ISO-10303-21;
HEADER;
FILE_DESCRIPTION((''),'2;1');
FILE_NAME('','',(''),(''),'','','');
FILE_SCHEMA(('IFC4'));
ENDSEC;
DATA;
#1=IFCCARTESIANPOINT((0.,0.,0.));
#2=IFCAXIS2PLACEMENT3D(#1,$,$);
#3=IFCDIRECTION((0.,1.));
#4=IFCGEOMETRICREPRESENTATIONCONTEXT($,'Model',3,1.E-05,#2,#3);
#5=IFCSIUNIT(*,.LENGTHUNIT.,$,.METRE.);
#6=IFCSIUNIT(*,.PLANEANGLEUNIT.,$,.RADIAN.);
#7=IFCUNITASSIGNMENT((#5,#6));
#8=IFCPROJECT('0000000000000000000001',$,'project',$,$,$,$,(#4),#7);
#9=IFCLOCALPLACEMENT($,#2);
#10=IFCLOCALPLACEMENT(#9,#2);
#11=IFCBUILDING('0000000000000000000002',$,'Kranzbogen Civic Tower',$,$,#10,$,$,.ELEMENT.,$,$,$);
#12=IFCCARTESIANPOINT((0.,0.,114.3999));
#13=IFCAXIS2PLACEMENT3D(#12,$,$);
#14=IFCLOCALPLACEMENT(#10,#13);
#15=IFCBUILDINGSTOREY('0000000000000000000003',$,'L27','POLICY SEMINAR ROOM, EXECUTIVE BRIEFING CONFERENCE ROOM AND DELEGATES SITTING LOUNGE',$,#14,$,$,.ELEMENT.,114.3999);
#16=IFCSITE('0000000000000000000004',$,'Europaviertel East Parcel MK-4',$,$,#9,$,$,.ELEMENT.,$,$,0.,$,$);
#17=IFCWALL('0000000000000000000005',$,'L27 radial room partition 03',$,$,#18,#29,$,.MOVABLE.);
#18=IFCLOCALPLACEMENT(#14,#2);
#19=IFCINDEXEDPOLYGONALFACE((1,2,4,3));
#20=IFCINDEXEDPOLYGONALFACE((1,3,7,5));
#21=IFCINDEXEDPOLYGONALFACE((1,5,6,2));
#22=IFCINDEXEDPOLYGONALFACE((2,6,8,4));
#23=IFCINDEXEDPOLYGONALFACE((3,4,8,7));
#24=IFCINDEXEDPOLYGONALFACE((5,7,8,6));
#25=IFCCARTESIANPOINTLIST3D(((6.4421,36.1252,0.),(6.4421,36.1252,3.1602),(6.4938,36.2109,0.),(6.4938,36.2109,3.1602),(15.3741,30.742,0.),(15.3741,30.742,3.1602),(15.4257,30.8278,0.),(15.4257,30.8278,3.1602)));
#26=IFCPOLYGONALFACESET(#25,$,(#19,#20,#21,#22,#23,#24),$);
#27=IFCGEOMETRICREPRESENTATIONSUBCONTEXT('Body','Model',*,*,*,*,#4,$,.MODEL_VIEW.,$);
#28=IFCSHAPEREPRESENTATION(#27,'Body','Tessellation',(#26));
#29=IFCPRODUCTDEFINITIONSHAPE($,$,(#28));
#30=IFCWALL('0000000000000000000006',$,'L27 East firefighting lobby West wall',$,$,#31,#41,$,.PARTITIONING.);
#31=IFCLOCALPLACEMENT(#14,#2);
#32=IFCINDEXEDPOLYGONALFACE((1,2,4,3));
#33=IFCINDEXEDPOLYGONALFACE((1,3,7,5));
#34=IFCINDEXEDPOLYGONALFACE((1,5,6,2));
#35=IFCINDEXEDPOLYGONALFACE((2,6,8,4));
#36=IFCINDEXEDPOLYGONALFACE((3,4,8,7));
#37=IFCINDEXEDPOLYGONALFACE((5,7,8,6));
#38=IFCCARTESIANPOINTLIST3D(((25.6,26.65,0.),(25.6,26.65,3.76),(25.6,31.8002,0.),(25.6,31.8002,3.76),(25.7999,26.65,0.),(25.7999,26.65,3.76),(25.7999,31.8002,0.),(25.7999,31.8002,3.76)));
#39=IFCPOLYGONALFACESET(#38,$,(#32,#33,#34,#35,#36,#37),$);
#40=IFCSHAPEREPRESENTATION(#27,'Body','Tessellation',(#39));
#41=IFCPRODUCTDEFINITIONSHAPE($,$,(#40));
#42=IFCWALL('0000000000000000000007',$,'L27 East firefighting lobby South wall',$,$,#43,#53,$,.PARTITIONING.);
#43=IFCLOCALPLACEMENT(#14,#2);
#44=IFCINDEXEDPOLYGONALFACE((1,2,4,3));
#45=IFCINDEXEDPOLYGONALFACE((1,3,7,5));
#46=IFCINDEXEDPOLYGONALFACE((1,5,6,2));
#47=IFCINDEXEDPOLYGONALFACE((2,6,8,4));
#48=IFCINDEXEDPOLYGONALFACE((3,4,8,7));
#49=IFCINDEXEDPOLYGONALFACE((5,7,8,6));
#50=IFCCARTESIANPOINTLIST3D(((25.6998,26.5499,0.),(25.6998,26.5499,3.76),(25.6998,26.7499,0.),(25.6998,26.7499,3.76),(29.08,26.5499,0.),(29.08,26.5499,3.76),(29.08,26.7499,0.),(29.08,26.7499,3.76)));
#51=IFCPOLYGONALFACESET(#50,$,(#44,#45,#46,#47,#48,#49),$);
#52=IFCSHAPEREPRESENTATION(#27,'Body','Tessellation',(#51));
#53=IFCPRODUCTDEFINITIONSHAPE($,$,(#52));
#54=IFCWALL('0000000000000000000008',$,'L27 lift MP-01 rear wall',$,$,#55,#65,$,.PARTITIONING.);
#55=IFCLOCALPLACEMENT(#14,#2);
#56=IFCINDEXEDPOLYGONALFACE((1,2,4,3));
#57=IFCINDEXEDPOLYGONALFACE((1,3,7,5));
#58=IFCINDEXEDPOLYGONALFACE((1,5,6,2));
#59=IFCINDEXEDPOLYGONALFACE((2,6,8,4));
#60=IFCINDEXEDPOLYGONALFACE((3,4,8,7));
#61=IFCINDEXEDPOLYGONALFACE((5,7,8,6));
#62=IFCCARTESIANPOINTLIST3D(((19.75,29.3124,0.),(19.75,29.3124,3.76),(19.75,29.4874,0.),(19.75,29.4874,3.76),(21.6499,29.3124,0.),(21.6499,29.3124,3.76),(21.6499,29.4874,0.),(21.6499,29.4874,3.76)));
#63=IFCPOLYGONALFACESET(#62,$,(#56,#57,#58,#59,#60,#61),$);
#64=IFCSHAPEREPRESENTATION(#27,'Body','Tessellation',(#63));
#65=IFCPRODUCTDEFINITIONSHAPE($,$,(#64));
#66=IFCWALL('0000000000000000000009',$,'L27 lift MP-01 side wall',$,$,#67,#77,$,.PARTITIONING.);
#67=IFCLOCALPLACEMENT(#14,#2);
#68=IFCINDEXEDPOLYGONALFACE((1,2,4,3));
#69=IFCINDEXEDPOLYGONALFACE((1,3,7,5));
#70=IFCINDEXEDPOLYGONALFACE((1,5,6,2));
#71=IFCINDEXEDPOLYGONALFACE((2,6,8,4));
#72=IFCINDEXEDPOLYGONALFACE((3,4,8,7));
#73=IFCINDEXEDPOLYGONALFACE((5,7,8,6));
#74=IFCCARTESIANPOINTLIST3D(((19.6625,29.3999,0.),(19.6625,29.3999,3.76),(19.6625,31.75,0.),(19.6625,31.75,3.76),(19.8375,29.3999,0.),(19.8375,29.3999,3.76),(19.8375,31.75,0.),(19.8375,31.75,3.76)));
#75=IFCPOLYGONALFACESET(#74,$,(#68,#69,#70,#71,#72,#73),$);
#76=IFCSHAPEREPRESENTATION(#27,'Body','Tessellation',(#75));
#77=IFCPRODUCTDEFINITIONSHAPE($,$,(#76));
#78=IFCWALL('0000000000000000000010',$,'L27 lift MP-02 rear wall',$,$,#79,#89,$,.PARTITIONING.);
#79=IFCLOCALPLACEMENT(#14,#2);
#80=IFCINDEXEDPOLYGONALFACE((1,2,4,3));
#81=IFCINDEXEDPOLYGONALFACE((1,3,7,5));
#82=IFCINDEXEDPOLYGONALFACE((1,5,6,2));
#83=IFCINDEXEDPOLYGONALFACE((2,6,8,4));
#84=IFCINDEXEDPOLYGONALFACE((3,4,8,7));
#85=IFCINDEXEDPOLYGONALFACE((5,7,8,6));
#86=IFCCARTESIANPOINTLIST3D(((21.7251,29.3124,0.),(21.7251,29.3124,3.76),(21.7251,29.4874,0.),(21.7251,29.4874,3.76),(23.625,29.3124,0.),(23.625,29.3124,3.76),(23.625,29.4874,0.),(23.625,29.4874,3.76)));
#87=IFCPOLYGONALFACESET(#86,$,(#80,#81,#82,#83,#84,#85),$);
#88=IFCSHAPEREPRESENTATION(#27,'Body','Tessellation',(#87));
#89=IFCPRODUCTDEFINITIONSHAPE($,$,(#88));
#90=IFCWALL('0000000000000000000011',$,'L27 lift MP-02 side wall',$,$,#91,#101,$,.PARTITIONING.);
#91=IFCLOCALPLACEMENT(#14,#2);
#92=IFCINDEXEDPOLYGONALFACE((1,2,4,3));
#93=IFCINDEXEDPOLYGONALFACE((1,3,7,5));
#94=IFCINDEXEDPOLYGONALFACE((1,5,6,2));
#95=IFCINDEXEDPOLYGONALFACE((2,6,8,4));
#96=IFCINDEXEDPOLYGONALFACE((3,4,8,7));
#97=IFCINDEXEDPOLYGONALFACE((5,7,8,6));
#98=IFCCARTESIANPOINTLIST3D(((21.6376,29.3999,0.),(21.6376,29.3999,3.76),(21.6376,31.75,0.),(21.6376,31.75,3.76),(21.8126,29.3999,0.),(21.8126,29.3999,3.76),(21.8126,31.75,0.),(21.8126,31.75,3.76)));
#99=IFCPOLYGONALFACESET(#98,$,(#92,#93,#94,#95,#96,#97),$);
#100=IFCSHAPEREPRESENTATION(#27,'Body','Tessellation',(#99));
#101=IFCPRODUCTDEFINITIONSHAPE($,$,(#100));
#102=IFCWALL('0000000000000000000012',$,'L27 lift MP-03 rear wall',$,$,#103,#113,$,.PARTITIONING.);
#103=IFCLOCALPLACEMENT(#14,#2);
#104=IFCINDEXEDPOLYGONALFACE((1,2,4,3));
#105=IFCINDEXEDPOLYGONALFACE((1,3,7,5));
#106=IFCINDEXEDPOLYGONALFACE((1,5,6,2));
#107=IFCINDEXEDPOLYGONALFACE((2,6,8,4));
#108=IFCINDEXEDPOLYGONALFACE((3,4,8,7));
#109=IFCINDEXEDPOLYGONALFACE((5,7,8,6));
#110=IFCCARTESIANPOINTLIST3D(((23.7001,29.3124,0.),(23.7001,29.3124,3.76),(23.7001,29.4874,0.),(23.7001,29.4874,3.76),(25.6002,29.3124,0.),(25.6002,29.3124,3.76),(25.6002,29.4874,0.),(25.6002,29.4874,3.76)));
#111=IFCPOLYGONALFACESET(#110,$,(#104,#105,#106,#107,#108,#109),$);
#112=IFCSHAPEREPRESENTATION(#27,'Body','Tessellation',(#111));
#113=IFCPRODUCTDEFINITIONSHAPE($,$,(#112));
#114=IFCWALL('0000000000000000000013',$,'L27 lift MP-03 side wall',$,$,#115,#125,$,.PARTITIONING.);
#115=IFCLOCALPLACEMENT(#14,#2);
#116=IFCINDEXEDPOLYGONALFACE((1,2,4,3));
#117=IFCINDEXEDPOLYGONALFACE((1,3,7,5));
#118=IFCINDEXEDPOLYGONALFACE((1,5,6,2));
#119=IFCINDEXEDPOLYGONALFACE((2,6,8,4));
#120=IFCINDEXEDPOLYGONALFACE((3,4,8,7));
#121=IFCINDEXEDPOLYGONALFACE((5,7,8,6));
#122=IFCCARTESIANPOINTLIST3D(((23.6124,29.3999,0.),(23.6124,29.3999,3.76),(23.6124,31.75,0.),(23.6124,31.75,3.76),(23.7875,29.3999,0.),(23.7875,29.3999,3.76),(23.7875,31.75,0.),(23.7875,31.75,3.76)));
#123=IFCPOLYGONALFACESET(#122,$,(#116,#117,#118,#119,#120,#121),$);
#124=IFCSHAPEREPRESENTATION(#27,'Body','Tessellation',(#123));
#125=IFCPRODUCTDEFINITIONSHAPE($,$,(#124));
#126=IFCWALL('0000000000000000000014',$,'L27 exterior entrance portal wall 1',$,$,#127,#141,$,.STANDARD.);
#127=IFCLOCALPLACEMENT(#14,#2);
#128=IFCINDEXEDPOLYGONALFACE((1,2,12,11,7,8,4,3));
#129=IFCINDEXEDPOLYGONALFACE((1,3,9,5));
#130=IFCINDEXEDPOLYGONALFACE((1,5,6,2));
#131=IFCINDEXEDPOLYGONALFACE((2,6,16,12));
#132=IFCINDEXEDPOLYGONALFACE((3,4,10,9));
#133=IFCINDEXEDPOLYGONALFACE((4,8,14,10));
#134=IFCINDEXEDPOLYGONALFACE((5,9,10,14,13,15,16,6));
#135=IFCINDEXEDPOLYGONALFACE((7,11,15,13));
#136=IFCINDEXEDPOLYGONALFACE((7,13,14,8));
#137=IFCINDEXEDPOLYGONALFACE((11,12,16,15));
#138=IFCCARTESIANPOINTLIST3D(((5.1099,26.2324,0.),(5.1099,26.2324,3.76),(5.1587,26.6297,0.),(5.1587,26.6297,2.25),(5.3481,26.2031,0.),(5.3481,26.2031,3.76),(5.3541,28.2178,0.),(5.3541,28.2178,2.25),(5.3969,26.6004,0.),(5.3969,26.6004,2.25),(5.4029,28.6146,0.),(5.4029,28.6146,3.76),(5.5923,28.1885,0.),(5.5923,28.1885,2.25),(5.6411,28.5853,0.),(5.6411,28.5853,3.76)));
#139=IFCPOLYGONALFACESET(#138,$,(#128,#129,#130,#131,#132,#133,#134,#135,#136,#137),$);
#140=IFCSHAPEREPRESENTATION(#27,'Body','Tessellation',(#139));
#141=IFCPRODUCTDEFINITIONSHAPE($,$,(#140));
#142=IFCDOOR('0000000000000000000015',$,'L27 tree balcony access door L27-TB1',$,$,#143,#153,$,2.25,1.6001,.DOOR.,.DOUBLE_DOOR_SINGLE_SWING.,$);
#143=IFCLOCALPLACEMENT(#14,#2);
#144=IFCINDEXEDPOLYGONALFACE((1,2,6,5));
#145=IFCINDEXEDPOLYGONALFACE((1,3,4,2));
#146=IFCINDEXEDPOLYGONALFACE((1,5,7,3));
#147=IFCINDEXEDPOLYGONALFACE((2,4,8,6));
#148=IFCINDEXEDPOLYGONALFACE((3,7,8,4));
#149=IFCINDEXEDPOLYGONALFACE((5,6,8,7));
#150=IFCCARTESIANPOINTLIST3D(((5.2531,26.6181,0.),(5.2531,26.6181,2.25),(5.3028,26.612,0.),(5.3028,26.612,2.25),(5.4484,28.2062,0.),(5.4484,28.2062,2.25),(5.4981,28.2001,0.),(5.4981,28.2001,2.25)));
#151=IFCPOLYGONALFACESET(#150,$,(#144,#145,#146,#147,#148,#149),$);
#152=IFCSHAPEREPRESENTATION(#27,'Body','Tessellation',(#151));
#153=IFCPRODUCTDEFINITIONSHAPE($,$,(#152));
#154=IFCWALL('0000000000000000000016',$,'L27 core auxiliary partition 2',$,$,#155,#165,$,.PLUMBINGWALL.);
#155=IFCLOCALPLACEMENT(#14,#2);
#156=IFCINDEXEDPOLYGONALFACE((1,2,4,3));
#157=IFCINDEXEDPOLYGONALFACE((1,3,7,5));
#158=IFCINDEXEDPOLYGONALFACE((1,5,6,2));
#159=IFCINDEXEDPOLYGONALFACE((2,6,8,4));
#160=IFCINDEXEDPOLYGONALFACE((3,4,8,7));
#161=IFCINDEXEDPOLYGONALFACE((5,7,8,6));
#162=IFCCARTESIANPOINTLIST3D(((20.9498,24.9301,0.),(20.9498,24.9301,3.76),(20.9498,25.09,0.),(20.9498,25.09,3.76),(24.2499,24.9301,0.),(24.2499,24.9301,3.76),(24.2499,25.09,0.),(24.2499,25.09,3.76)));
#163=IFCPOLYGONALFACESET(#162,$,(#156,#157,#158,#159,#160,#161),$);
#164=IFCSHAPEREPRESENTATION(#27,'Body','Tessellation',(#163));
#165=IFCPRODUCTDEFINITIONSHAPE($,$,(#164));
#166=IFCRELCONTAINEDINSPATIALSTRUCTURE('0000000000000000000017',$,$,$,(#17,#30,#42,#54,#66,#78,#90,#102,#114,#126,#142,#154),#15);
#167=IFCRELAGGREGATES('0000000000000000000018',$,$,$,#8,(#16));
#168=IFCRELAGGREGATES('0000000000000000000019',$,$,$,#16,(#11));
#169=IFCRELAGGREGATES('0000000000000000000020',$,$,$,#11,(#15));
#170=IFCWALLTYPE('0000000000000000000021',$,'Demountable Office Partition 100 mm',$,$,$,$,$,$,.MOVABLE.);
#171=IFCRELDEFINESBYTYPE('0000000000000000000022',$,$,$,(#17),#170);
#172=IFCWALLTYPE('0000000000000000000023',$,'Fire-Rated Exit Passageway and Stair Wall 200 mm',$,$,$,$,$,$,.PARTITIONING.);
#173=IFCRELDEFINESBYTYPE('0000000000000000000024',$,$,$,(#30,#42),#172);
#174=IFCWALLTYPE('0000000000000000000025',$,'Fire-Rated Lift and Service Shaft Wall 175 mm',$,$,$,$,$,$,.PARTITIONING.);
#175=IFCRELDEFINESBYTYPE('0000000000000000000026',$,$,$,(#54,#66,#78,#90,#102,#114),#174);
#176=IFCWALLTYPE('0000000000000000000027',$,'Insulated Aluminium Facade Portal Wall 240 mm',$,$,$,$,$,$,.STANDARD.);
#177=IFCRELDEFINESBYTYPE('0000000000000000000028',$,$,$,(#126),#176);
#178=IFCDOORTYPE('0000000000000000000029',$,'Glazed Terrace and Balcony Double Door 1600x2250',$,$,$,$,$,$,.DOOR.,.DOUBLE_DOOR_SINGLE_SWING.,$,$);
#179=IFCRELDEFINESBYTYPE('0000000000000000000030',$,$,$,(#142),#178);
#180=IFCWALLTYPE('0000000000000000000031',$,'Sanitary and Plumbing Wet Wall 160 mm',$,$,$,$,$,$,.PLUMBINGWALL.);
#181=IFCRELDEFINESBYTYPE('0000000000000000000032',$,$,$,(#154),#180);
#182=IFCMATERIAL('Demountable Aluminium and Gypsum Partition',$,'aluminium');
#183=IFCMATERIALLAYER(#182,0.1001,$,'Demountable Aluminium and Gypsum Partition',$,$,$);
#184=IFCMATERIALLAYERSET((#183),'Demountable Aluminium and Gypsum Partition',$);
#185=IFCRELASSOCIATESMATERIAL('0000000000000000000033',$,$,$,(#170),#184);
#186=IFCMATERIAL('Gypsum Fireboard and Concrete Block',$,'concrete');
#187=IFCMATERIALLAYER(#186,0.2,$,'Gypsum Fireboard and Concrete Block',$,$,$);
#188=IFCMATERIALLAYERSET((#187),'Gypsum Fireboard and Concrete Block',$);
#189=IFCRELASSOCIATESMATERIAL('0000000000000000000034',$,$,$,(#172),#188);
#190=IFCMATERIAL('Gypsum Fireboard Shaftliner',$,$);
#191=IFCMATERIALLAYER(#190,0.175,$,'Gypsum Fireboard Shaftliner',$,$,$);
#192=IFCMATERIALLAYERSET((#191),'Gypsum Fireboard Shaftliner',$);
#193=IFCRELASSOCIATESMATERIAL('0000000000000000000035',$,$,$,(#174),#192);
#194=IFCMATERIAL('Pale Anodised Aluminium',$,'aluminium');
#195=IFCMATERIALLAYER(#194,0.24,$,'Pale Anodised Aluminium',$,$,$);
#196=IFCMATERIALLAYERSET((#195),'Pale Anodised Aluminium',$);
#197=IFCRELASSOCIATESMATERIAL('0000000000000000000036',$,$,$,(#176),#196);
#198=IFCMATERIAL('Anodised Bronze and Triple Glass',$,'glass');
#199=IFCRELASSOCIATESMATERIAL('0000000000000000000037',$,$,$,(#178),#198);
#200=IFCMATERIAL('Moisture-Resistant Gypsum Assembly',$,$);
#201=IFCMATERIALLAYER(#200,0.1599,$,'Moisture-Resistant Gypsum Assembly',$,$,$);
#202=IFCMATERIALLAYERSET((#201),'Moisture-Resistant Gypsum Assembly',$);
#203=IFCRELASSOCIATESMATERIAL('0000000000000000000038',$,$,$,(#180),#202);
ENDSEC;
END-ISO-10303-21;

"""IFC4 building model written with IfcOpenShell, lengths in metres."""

from ifc_helpers import new_model, si_unit, direction, frame, frame_2d, origin, place, context, subcontext, project, spatial, rectangle, extrude, material, layer, layer_set, type_object, element, fill, save


model = new_model("IFC4")

# Units and contexts
model_context = context("Model", 3, precision=1e-05, world=origin(), true_north=direction((0.0, 1.0)))
body_context = subcontext(model_context, "Body", "Model", "MODEL_VIEW")
ifc_project = project(units=[si_unit("LENGTHUNIT", "METRE"), si_unit("PLANEANGLEUNIT", "RADIAN")], contexts=[model_context])

# Site, building, storey
site_placement = place(None, origin())
site = spatial("IfcSite", under=ifc_project, at=site_placement, Name="Europaviertel East Parcel MK-4", CompositionType="ELEMENT", RefElevation=0.0)
building_placement = place(site_placement, origin())
building = spatial("IfcBuilding", under=site, at=building_placement, Name="Kranzbogen Civic Tower", CompositionType="ELEMENT")
storey_placement = place(building_placement, frame((0.0, 0.0, 114.3999)))
storey = spatial("IfcBuildingStorey", under=building, at=storey_placement, Name="L27", Description="POLICY SEMINAR ROOM, EXECUTIVE BRIEFING CONFERENCE ROOM AND DELEGATES SITTING LOUNGE", CompositionType="ELEMENT", Elevation=114.3999)

# Shared definitions
ifc_material_1 = material(Name="Pale Anodised Aluminium", Category="aluminium")

# Walls
ifc_material_2 = material(Name="Demountable Aluminium and Gypsum Partition", Category="aluminium")
ifc_layer_1 = layer(ifc_material_2, 0.1001, Name="Demountable Aluminium and Gypsum Partition")
ifc_layer_set_1 = layer_set([ifc_layer_1], Name="Demountable Aluminium and Gypsum Partition")
wall_type_1 = type_object("IfcWallType", Name="Demountable Office Partition 100 mm", PredefinedType="MOVABLE", material=ifc_layer_set_1)
wall_1_placement = place(storey_placement, frame((15.3999, 30.7849, 0.0), z_axis=(0.0, 0.0, 1.0), x_axis=(-0.856479, 0.516182, 0.0)))
element("IfcWall", 1, at=wall_1_placement, inside=storey, type_object=wall_type_1, Name="L27 radial room partition 03", PredefinedType="MOVABLE", context=body_context, shape_type="SweptSolid", body=[
    extrude(rectangle(XDim=10.4287, YDim=0.1001, at=frame_2d((5.2144, 0.0))), origin(), (0.0, 0.0, 1.0), 3.1602),
])
ifc_material_3 = material(Name="Gypsum Fireboard and Concrete Block", Category="concrete")
ifc_layer_2 = layer(ifc_material_3, 0.2, Name="Gypsum Fireboard and Concrete Block")
ifc_layer_set_2 = layer_set([ifc_layer_2], Name="Gypsum Fireboard and Concrete Block")
wall_type_2 = type_object("IfcWallType", Name="Fire-Rated Exit Passageway and Stair Wall 200 mm", PredefinedType="PARTITIONING", material=ifc_layer_set_2)
wall_2_placement = place(storey_placement, frame((25.7, 26.6499, 0.0), z_axis=(0.0, 0.0, 1.0), x_axis=(0.0, 1.0, 0.0)))
element("IfcWall", 2, at=wall_2_placement, inside=storey, type_object=wall_type_2, Name="L27 East firefighting lobby West wall", PredefinedType="PARTITIONING", context=body_context, shape_type="SweptSolid", body=[
    extrude(rectangle(XDim=5.1501, YDim=0.2, at=frame_2d((2.5752, 0.0))), origin(), (0.0, 0.0, 1.0), 3.76),
])
wall_3_placement = place(storey_placement, frame((25.7, 26.6499, 0.0), z_axis=(0.0, 0.0, 1.0), x_axis=(1.0, 0.0, 0.0)))
element("IfcWall", 3, at=wall_3_placement, inside=storey, type_object=wall_type_2, Name="L27 East firefighting lobby South wall", PredefinedType="PARTITIONING", context=body_context, shape_type="SweptSolid", body=[
    extrude(rectangle(XDim=3.3801, YDim=0.2, at=frame_2d((1.6899, 0.0))), origin(), (0.0, 0.0, 1.0), 3.76),
])
ifc_material_4 = material(Name="Gypsum Fireboard Shaftliner")
ifc_layer_3 = layer(ifc_material_4, 0.175, Name="Gypsum Fireboard Shaftliner")
ifc_layer_set_3 = layer_set([ifc_layer_3], Name="Gypsum Fireboard Shaftliner")
wall_type_3 = type_object("IfcWallType", Name="Fire-Rated Lift and Service Shaft Wall 175 mm", PredefinedType="PARTITIONING", material=ifc_layer_set_3)
wall_4_placement = place(storey_placement, frame((19.75, 29.3999, 0.0), z_axis=(0.0, 0.0, 1.0), x_axis=(1.0, 0.0, 0.0)))
element("IfcWall", 4, at=wall_4_placement, inside=storey, type_object=wall_type_3, Name="L27 lift MP-01 rear wall", PredefinedType="PARTITIONING", context=body_context, shape_type="SweptSolid", body=[
    extrude(rectangle(XDim=1.8999, YDim=0.175, at=frame_2d((0.95, 0.0))), origin(), (0.0, 0.0, 1.0), 3.76),
])
wall_5_placement = place(storey_placement, frame((19.75, 29.3999, 0.0), z_axis=(0.0, 0.0, 1.0), x_axis=(0.0, 1.0, 0.0)))
element("IfcWall", 5, at=wall_5_placement, inside=storey, type_object=wall_type_3, Name="L27 lift MP-01 side wall", PredefinedType="PARTITIONING", context=body_context, shape_type="SweptSolid", body=[
    extrude(rectangle(XDim=2.3501, YDim=0.175, at=frame_2d((1.175, 0.0))), origin(), (0.0, 0.0, 1.0), 3.76),
])
wall_6_placement = place(storey_placement, frame((21.7251, 29.3999, 0.0), z_axis=(0.0, 0.0, 1.0), x_axis=(1.0, 0.0, 0.0)))
element("IfcWall", 6, at=wall_6_placement, inside=storey, type_object=wall_type_3, Name="L27 lift MP-02 rear wall", PredefinedType="PARTITIONING", context=body_context, shape_type="SweptSolid", body=[
    extrude(rectangle(XDim=1.8999, YDim=0.175, at=frame_2d((0.95, 0.0))), origin(), (0.0, 0.0, 1.0), 3.76),
])
wall_7_placement = place(storey_placement, frame((21.7251, 29.3999, 0.0), z_axis=(0.0, 0.0, 1.0), x_axis=(0.0, 1.0, 0.0)))
element("IfcWall", 7, at=wall_7_placement, inside=storey, type_object=wall_type_3, Name="L27 lift MP-02 side wall", PredefinedType="PARTITIONING", context=body_context, shape_type="SweptSolid", body=[
    extrude(rectangle(XDim=2.3501, YDim=0.175, at=frame_2d((1.175, 0.0))), origin(), (0.0, 0.0, 1.0), 3.76),
])
wall_8_placement = place(storey_placement, frame((23.7, 29.3999, 0.0), z_axis=(0.0, 0.0, 1.0), x_axis=(1.0, 0.0, 0.0)))
element("IfcWall", 8, at=wall_8_placement, inside=storey, type_object=wall_type_3, Name="L27 lift MP-03 rear wall", PredefinedType="PARTITIONING", context=body_context, shape_type="SweptSolid", body=[
    extrude(rectangle(XDim=1.9001, YDim=0.175, at=frame_2d((0.9502, 0.0))), origin(), (0.0, 0.0, 1.0), 3.76),
])
wall_9_placement = place(storey_placement, frame((23.7, 29.3999, 0.0), z_axis=(0.0, 0.0, 1.0), x_axis=(0.0, 1.0, 0.0)))
element("IfcWall", 9, at=wall_9_placement, inside=storey, type_object=wall_type_3, Name="L27 lift MP-03 side wall", PredefinedType="PARTITIONING", context=body_context, shape_type="SweptSolid", body=[
    extrude(rectangle(XDim=2.3501, YDim=0.175, at=frame_2d((1.175, 0.0))), origin(), (0.0, 0.0, 1.0), 3.76),
])

# Wall, opening, door
ifc_layer_4 = layer(ifc_material_1, 0.24, Name="Pale Anodised Aluminium")
ifc_layer_set_4 = layer_set([ifc_layer_4], Name="Pale Anodised Aluminium")
wall_type_4 = type_object("IfcWallType", Name="Insulated Aluminium Facade Portal Wall 240 mm", PredefinedType="STANDARD", material=ifc_layer_set_4)
wall_10_placement = place(storey_placement, frame((5.522, 28.6001, 0.0), z_axis=(0.0, 0.0, 1.0), x_axis=(-0.122069, -0.992522, 0.0)))
wall_10 = element("IfcWall", 10, at=wall_10_placement, inside=storey, type_object=wall_type_4, Name="L27 exterior entrance portal wall 1", PredefinedType="STANDARD", context=body_context, shape_type="SweptSolid", body=[
    extrude(rectangle(XDim=2.4001, YDim=0.24, at=frame_2d((1.2002, 0.0))), origin(), (0.0, 0.0, 1.0), 3.76),
])
opening_1_placement = place(wall_10_placement, frame((0.3999, 0.0, 0.0)))
opening_1 = element("IfcOpeningElement", 11, at=opening_1_placement, cuts=wall_10, PredefinedType="OPENING", context=body_context, shape_type="SweptSolid", body=[
    extrude(rectangle(XDim=1.6001, YDim=2.25, at=frame_2d((0.8, 1.125))), frame((0.0, 0.1299, 0.0), z_axis=(0.0, -1.0, 0.0), x_axis=(1.0, 0.0, 0.0)), (0.0, 0.0, 1.0), 0.26),
])
ifc_material_5 = material(Name="Anodised Bronze and Triple Glass", Category="glass")
door_type_1 = type_object("IfcDoorType", Name="Glazed Terrace and Balcony Double Door 1600x2250", OperationType="DOUBLE_DOOR_SINGLE_SWING", PredefinedType="DOOR", material=ifc_material_5)
door_1_placement = place(opening_1_placement, frame((1.6001, 0.0, 0.0), z_axis=(0.0, 0.0, 1.0), x_axis=(-1.0, 0.0, 0.0)))
door_1 = element("IfcDoor", 12, at=door_1_placement, inside=storey, type_object=door_type_1, Name="L27 tree balcony access door L27-TB1", OperationType="DOUBLE_DOOR_SINGLE_SWING", OverallHeight=2.25, OverallWidth=1.6001, PredefinedType="DOOR", context=body_context, shape_type="SweptSolid", body=[
    extrude(rectangle(XDim=1.6001, YDim=2.25, at=frame_2d((0.8, 1.125))), frame((0.0, 0.0249, 0.0), z_axis=(0.0, -1.0, 0.0), x_axis=(1.0, 0.0, 0.0)), (0.0, 0.0, 1.0), 0.05),
])
fill(opening_1, door_1)

# Wall
ifc_material_6 = material(Name="Moisture-Resistant Gypsum Assembly")
ifc_layer_5 = layer(ifc_material_6, 0.1599, Name="Moisture-Resistant Gypsum Assembly")
ifc_layer_set_5 = layer_set([ifc_layer_5], Name="Moisture-Resistant Gypsum Assembly")
wall_type_5 = type_object("IfcWallType", Name="Sanitary and Plumbing Wet Wall 160 mm", PredefinedType="PLUMBINGWALL", material=ifc_layer_set_5)
wall_11_placement = place(storey_placement, frame((20.95, 25.01, 0.0), z_axis=(0.0, 0.0, 1.0), x_axis=(1.0, 0.0, 0.0)))
element("IfcWall", 13, at=wall_11_placement, inside=storey, type_object=wall_type_5, Name="L27 core auxiliary partition 2", PredefinedType="PLUMBINGWALL", context=body_context, shape_type="SweptSolid", body=[
    extrude(rectangle(XDim=3.3, YDim=0.1599, at=frame_2d((1.6499, 0.0))), origin(), (0.0, 0.0, 1.0), 3.76),
])

save(model, "model.ifc")
